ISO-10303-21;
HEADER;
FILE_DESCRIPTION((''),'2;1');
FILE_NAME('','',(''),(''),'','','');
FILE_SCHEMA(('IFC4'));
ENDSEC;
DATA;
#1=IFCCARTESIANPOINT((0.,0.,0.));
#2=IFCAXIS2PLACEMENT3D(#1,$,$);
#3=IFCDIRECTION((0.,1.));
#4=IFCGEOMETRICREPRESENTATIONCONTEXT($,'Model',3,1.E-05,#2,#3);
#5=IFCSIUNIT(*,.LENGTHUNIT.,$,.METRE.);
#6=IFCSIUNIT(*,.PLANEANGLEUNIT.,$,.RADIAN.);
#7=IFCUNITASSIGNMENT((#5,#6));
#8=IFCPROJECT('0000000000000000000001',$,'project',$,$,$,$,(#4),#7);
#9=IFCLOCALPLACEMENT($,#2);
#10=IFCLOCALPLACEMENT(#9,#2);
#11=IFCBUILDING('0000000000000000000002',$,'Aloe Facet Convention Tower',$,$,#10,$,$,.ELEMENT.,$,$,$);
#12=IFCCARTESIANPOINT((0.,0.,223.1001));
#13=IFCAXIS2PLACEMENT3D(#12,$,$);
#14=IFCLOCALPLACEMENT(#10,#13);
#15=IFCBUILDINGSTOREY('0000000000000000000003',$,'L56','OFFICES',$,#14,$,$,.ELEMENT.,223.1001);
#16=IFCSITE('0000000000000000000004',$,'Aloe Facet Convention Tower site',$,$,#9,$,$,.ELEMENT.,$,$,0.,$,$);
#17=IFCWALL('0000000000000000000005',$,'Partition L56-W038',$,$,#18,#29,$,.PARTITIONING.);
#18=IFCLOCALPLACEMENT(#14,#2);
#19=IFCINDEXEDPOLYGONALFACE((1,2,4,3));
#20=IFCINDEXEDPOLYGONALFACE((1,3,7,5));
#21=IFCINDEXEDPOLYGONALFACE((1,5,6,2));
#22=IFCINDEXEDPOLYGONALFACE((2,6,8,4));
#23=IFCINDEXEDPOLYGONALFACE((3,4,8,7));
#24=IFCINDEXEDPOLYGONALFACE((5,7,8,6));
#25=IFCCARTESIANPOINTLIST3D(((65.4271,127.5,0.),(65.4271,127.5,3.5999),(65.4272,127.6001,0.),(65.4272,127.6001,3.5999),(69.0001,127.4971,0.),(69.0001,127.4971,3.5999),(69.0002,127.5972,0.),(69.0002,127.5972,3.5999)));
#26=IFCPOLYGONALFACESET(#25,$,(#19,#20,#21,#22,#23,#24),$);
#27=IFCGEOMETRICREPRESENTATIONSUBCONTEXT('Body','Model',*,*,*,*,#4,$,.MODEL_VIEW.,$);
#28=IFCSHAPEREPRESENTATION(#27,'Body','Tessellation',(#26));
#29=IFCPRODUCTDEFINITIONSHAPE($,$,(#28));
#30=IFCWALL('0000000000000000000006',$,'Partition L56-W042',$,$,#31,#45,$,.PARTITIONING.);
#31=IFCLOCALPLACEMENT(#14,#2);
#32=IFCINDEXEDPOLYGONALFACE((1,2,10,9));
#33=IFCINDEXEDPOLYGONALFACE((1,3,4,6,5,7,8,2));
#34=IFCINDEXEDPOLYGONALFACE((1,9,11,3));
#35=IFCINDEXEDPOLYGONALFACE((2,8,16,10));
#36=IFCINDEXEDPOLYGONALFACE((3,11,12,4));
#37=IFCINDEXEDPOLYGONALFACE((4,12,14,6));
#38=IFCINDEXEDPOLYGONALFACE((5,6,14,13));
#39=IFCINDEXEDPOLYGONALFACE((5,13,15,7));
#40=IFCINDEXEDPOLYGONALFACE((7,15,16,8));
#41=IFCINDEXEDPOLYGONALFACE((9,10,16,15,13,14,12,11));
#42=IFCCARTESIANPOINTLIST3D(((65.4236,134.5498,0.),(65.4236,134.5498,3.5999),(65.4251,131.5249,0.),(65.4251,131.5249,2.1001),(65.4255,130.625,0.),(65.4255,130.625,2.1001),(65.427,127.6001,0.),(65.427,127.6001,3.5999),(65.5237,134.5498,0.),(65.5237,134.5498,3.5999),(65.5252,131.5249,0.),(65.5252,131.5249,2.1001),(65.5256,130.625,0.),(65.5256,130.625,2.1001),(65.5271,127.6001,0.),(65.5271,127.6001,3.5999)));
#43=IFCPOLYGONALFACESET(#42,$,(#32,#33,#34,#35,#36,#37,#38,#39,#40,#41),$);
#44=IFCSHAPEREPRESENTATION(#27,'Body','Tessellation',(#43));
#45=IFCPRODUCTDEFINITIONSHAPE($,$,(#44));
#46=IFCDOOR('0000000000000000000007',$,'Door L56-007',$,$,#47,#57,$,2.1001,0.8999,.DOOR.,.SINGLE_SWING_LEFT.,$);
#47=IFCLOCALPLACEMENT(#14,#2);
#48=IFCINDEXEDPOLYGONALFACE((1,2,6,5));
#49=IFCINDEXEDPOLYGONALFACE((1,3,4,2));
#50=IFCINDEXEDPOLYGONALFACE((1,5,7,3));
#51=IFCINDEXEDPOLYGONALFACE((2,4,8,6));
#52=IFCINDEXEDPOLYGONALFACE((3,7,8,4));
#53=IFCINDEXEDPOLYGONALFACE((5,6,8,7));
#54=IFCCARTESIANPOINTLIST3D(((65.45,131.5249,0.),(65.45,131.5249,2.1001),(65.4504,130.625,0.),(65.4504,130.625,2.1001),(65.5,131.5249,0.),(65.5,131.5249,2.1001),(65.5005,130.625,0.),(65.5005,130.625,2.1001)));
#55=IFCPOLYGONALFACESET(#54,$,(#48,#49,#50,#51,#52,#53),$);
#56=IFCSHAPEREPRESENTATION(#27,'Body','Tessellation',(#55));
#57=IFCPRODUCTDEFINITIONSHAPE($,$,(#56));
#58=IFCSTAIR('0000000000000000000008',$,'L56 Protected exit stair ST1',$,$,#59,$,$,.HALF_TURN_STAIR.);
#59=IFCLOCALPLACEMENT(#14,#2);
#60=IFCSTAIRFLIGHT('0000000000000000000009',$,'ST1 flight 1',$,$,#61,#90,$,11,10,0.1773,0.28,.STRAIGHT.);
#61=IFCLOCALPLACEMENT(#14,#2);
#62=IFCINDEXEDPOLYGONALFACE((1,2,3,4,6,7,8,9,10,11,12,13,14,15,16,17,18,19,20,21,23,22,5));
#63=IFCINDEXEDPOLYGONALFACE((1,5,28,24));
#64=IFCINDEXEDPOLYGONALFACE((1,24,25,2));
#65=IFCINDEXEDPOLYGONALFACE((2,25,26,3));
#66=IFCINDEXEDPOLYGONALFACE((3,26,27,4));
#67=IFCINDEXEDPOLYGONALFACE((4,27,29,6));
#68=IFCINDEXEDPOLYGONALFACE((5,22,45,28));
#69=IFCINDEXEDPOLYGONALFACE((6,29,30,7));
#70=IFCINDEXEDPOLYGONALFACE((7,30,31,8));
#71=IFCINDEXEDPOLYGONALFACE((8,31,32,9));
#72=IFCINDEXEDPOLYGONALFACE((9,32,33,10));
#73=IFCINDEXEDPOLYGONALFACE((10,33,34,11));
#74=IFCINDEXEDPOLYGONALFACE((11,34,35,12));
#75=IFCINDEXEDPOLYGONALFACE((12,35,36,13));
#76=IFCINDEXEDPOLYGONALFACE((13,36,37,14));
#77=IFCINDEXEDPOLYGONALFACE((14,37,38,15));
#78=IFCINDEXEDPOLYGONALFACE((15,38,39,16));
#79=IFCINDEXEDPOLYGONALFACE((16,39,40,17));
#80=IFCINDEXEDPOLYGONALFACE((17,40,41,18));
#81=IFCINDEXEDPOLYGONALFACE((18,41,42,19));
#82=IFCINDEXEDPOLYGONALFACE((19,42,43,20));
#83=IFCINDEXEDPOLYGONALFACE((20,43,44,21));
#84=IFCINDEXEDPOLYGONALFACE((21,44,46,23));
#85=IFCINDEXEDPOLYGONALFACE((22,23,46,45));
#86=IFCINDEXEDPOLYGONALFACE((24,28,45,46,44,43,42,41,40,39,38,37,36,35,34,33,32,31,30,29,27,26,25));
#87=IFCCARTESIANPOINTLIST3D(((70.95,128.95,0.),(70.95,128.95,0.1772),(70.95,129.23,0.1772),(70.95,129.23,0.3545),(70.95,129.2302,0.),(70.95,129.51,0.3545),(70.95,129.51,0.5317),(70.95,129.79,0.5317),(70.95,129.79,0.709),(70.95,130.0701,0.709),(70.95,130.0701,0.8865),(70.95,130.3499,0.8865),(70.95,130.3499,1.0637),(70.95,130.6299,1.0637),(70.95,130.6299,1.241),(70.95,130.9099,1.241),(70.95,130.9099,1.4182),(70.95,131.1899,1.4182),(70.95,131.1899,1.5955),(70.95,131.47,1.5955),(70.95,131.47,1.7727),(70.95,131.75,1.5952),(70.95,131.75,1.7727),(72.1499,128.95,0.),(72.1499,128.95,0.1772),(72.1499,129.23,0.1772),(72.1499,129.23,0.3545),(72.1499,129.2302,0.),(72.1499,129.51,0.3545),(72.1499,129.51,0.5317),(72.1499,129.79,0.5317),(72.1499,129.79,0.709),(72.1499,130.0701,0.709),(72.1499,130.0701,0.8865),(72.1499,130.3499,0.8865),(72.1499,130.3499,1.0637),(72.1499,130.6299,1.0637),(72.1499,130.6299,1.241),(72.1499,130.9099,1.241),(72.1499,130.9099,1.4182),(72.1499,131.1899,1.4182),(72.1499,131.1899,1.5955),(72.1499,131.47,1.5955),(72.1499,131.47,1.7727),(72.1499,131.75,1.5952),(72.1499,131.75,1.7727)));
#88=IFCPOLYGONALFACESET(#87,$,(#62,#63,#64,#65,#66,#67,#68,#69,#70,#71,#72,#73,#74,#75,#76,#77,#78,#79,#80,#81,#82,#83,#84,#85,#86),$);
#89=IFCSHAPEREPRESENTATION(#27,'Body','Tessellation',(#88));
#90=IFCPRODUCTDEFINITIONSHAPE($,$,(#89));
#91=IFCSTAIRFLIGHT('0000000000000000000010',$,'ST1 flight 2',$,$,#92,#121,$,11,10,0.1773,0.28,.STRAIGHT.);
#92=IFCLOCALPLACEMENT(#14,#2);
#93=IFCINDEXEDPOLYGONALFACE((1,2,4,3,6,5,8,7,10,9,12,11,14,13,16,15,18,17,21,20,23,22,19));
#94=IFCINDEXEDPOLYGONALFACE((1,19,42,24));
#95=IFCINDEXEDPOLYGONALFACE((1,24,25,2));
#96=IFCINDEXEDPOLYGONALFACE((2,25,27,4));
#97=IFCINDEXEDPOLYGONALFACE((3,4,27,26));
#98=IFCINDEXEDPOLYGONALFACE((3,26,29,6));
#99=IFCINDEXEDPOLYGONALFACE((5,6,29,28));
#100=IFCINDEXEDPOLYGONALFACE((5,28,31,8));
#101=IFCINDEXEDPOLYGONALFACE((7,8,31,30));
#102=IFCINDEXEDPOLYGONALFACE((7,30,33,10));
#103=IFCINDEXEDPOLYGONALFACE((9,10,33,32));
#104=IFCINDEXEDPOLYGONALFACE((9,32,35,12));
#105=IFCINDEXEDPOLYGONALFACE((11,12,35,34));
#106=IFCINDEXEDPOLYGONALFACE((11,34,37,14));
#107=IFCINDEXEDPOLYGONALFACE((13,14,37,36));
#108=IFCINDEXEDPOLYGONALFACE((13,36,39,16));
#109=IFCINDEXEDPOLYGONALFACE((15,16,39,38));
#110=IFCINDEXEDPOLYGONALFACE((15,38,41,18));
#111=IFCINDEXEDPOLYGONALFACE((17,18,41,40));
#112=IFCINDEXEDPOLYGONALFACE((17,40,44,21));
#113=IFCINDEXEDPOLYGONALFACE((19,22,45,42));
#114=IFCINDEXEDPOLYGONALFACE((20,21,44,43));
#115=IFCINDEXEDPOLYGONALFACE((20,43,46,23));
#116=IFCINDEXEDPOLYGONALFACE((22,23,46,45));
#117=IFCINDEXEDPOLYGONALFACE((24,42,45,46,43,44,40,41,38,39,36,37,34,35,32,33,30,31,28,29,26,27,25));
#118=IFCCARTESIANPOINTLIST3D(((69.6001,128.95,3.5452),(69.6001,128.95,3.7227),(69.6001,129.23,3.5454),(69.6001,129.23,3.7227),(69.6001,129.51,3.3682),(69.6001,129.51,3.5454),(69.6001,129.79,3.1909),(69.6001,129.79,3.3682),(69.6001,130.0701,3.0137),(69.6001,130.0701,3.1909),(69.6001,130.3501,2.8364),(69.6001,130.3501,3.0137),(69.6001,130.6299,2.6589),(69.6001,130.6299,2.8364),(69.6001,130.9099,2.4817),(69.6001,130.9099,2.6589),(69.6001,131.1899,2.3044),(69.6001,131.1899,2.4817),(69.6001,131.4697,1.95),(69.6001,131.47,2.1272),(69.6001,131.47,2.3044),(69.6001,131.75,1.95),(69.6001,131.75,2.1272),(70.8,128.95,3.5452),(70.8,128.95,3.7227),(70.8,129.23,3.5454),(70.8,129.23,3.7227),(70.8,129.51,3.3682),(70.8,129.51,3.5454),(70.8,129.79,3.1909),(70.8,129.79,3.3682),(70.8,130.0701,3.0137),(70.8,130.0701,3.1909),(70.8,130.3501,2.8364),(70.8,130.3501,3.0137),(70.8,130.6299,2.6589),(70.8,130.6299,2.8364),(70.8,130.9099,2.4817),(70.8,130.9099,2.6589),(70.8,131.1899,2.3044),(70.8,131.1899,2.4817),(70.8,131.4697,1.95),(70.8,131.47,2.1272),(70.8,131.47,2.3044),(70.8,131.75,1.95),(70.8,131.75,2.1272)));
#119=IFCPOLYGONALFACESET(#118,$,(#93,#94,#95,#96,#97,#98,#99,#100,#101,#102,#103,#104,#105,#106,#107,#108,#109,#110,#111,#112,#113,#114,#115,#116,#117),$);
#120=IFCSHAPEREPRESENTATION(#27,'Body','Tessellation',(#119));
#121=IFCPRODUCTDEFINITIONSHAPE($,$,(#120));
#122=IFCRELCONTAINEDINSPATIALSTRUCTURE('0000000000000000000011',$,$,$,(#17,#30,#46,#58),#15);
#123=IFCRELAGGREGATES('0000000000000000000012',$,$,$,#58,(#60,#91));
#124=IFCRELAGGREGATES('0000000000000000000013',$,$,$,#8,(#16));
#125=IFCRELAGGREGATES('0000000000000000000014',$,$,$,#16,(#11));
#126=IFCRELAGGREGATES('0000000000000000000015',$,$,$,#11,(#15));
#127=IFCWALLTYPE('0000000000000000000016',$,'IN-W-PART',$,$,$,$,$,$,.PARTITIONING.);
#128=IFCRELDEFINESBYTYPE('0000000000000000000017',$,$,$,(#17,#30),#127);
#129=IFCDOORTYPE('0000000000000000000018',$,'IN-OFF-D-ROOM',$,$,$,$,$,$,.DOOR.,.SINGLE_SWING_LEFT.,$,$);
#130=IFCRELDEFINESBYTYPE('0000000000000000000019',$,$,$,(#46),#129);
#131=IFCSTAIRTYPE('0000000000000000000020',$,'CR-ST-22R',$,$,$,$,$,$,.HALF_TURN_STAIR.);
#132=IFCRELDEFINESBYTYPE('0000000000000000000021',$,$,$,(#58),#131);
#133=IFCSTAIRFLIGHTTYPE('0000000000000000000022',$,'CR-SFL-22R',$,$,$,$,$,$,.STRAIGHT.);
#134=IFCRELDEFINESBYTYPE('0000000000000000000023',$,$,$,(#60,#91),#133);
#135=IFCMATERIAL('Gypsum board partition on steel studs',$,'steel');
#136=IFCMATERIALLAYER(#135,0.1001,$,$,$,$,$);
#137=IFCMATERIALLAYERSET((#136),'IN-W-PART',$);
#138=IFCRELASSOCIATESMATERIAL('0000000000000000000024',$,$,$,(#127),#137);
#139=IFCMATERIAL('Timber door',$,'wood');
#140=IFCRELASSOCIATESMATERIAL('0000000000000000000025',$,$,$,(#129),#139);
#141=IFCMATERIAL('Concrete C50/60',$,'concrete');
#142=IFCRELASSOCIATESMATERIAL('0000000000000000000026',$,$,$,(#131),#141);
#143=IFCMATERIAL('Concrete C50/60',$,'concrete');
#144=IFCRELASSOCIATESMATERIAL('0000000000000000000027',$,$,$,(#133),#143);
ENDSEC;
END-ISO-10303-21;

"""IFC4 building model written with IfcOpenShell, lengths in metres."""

from ifc_helpers import new_model, si_unit, direction, frame, frame_2d, origin, place, context, subcontext, project, spatial, polyline, rectangle, outline, extrude, material, layer, layer_set, type_object, element, fill, aggregate, save


model = new_model("IFC4")

# Units and contexts
model_context = context("Model", 3, precision=1e-05, world=origin(), true_north=direction((0.0, 1.0)))
body_context = subcontext(model_context, "Body", "Model", "MODEL_VIEW")
ifc_project = project(units=[si_unit("LENGTHUNIT", "METRE"), si_unit("PLANEANGLEUNIT", "RADIAN")], contexts=[model_context])

# Site, building, storey
site_placement = place(None, origin())
site = spatial("IfcSite", under=ifc_project, at=site_placement, Name="Aloe Facet Convention Tower site", CompositionType="ELEMENT", RefElevation=0.0)
building_placement = place(site_placement, origin())
building = spatial("IfcBuilding", under=site, at=building_placement, Name="Aloe Facet Convention Tower", CompositionType="ELEMENT")
storey_placement = place(building_placement, frame((0.0, 0.0, 223.1001)))
storey = spatial("IfcBuildingStorey", under=building, at=storey_placement, Name="L56", Description="OFFICES", CompositionType="ELEMENT", Elevation=223.1001)

# Wall
ifc_material_1 = material(Name="Gypsum board partition on steel studs", Category="steel")
ifc_layer_1 = layer(ifc_material_1, 0.1001)
ifc_layer_set_1 = layer_set([ifc_layer_1], Name="IN-W-PART")
wall_type_1 = type_object("IfcWallType", Name="IN-W-PART", PredefinedType="PARTITIONING", material=ifc_layer_set_1)
wall_1_placement = place(storey_placement, frame((65.427, 127.55, 0.0), z_axis=(0.0, 0.0, 1.0), x_axis=(1.0, -0.00082, 0.0)))
element("IfcWall", 1, at=wall_1_placement, inside=storey, type_object=wall_type_1, Name="Partition L56-W038", PredefinedType="PARTITIONING", context=body_context, shape_type="SweptSolid", body=[
    extrude(rectangle(XDim=3.573, YDim=0.1001, at=frame_2d((1.7866, 0.0))), origin(), (0.0, 0.0, 1.0), 3.5999),
])

# Wall, opening, door
wall_2_placement = place(storey_placement, frame((65.4736, 134.5498, 0.0), z_axis=(0.0, 0.0, 1.0), x_axis=(0.000492, -1.0, 0.0)))
wall_2 = element("IfcWall", 2, at=wall_2_placement, inside=storey, type_object=wall_type_1, Name="Partition L56-W042", PredefinedType="PARTITIONING", context=body_context, shape_type="SweptSolid", body=[
    extrude(rectangle(XDim=6.9497, YDim=0.1001, at=frame_2d((3.4749, 0.0))), origin(), (0.0, 0.0, 1.0), 3.5999),
])
opening_1_placement = place(wall_2_placement, frame((3.0249, 0.0, 0.0)))
opening_1 = element("IfcOpeningElement", 3, at=opening_1_placement, cuts=wall_2, PredefinedType="OPENING", context=body_context, shape_type="SweptSolid", body=[
    extrude(rectangle(XDim=0.8999, YDim=2.1001, at=frame_2d((0.45, 1.05))), frame((0.0, 0.0601, 0.0), z_axis=(0.0, -1.0, 0.0), x_axis=(1.0, 0.0, 0.0)), (0.0, 0.0, 1.0), 0.1201),
])
ifc_material_2 = material(Name="Timber door", Category="wood")
door_type = type_object("IfcDoorType", Name="IN-OFF-D-ROOM", OperationType="SINGLE_SWING_LEFT", PredefinedType="DOOR", material=ifc_material_2)
door_placement = place(opening_1_placement, origin())
door = element("IfcDoor", 4, at=door_placement, inside=storey, type_object=door_type, Name="Door L56-007", OperationType="SINGLE_SWING_LEFT", OverallHeight=2.1001, OverallWidth=0.8999, PredefinedType="DOOR", context=body_context, shape_type="SweptSolid", body=[
    extrude(rectangle(XDim=0.8999, YDim=2.1001, at=frame_2d((0.45, 1.05))), frame((0.0, 0.0249, 0.0), z_axis=(0.0, -1.0, 0.0), x_axis=(1.0, 0.0, 0.0)), (0.0, 0.0, 1.0), 0.05),
])
fill(opening_1, door)

# Stair, stair flights
ifc_material_3 = material(Name="Concrete C50/60", Category="concrete")
stair_type = type_object("IfcStairType", Name="CR-ST-22R", PredefinedType="HALF_TURN_STAIR", material=ifc_material_3)
stair_placement = place(storey_placement, origin())
stair = element("IfcStair", 5, at=stair_placement, inside=storey, type_object=stair_type, Name="L56 Protected exit stair ST1", PredefinedType="HALF_TURN_STAIR")
ifc_material_4 = material(Name="Concrete C50/60", Category="concrete")
stair_flight_type = type_object("IfcStairFlightType", Name="CR-SFL-22R", PredefinedType="STRAIGHT", material=ifc_material_4)
stair_flight_1_placement = place(storey_placement, frame((71.55, 128.95, 0.0), z_axis=(0.0, 0.0, 1.0), x_axis=(0.0, 1.0, 0.0)))
stair_flight_1 = element("IfcStairFlight", 6, at=stair_flight_1_placement, type_object=stair_flight_type, Name="ST1 flight 1", NumberOfRisers=11, NumberOfTreads=10, PredefinedType="STRAIGHT", RiserHeight=0.1773, TreadLength=0.28, context=body_context, shape_type="SweptSolid", body=[
    extrude(outline(polyline([(0.0, 0.0), (0.0, 0.1772), (0.28, 0.1772), (0.28, 0.3545), (0.5601, 0.3545), (0.5601, 0.5317), (0.8401, 0.5317), (0.8401, 0.709), (1.1201, 0.709), (1.1201, 0.8865), (1.3999, 0.8865), (1.3999, 1.0637), (1.6799, 1.0637), (1.6799, 1.241), (1.96, 1.241), (1.96, 1.4182), (2.24, 1.4182), (2.24, 1.5955), (2.52, 1.5955), (2.52, 1.7727), (2.8, 1.7727), (2.8, 1.95), (2.8, 1.5952), (0.2803, 0.0), (0.0, 0.0)])), frame((0.0, 0.6001, 0.0), z_axis=(0.0, -1.0, 0.0), x_axis=(1.0, 0.0, 0.0)), (0.0, 0.0, 1.0), 1.2),
])
stair_flight_2_placement = place(storey_placement, frame((70.2, 131.75, 1.95), z_axis=(0.0, 0.0, 1.0), x_axis=(0.0, -1.0, 0.0)))
stair_flight_2 = element("IfcStairFlight", 7, at=stair_flight_2_placement, type_object=stair_flight_type, Name="ST1 flight 2", NumberOfRisers=11, NumberOfTreads=10, PredefinedType="STRAIGHT", RiserHeight=0.1773, TreadLength=0.28, context=body_context, shape_type="SweptSolid", body=[
    extrude(outline(polyline([(0.0, 0.0), (0.0, 0.1772), (0.28, 0.1772), (0.28, 0.3545), (0.5601, 0.3545), (0.5601, 0.5317), (0.8401, 0.5317), (0.8401, 0.709), (1.1201, 0.709), (1.1201, 0.8865), (1.3999, 0.8865), (1.3999, 1.0637), (1.6799, 1.0637), (1.6799, 1.241), (1.96, 1.241), (1.96, 1.4182), (2.24, 1.4182), (2.24, 1.5955), (2.52, 1.5955), (2.52, 1.7727), (2.8, 1.7727), (2.8, 1.95), (2.8, 1.5952), (0.2803, 0.0), (0.0, 0.0)])), frame((0.0, 0.6001, 0.0), z_axis=(0.0, -1.0, 0.0), x_axis=(1.0, 0.0, 0.0)), (0.0, 0.0, 1.0), 1.2),
])
aggregate(stair, [stair_flight_1, stair_flight_2])

save(model, "model.ifc")
